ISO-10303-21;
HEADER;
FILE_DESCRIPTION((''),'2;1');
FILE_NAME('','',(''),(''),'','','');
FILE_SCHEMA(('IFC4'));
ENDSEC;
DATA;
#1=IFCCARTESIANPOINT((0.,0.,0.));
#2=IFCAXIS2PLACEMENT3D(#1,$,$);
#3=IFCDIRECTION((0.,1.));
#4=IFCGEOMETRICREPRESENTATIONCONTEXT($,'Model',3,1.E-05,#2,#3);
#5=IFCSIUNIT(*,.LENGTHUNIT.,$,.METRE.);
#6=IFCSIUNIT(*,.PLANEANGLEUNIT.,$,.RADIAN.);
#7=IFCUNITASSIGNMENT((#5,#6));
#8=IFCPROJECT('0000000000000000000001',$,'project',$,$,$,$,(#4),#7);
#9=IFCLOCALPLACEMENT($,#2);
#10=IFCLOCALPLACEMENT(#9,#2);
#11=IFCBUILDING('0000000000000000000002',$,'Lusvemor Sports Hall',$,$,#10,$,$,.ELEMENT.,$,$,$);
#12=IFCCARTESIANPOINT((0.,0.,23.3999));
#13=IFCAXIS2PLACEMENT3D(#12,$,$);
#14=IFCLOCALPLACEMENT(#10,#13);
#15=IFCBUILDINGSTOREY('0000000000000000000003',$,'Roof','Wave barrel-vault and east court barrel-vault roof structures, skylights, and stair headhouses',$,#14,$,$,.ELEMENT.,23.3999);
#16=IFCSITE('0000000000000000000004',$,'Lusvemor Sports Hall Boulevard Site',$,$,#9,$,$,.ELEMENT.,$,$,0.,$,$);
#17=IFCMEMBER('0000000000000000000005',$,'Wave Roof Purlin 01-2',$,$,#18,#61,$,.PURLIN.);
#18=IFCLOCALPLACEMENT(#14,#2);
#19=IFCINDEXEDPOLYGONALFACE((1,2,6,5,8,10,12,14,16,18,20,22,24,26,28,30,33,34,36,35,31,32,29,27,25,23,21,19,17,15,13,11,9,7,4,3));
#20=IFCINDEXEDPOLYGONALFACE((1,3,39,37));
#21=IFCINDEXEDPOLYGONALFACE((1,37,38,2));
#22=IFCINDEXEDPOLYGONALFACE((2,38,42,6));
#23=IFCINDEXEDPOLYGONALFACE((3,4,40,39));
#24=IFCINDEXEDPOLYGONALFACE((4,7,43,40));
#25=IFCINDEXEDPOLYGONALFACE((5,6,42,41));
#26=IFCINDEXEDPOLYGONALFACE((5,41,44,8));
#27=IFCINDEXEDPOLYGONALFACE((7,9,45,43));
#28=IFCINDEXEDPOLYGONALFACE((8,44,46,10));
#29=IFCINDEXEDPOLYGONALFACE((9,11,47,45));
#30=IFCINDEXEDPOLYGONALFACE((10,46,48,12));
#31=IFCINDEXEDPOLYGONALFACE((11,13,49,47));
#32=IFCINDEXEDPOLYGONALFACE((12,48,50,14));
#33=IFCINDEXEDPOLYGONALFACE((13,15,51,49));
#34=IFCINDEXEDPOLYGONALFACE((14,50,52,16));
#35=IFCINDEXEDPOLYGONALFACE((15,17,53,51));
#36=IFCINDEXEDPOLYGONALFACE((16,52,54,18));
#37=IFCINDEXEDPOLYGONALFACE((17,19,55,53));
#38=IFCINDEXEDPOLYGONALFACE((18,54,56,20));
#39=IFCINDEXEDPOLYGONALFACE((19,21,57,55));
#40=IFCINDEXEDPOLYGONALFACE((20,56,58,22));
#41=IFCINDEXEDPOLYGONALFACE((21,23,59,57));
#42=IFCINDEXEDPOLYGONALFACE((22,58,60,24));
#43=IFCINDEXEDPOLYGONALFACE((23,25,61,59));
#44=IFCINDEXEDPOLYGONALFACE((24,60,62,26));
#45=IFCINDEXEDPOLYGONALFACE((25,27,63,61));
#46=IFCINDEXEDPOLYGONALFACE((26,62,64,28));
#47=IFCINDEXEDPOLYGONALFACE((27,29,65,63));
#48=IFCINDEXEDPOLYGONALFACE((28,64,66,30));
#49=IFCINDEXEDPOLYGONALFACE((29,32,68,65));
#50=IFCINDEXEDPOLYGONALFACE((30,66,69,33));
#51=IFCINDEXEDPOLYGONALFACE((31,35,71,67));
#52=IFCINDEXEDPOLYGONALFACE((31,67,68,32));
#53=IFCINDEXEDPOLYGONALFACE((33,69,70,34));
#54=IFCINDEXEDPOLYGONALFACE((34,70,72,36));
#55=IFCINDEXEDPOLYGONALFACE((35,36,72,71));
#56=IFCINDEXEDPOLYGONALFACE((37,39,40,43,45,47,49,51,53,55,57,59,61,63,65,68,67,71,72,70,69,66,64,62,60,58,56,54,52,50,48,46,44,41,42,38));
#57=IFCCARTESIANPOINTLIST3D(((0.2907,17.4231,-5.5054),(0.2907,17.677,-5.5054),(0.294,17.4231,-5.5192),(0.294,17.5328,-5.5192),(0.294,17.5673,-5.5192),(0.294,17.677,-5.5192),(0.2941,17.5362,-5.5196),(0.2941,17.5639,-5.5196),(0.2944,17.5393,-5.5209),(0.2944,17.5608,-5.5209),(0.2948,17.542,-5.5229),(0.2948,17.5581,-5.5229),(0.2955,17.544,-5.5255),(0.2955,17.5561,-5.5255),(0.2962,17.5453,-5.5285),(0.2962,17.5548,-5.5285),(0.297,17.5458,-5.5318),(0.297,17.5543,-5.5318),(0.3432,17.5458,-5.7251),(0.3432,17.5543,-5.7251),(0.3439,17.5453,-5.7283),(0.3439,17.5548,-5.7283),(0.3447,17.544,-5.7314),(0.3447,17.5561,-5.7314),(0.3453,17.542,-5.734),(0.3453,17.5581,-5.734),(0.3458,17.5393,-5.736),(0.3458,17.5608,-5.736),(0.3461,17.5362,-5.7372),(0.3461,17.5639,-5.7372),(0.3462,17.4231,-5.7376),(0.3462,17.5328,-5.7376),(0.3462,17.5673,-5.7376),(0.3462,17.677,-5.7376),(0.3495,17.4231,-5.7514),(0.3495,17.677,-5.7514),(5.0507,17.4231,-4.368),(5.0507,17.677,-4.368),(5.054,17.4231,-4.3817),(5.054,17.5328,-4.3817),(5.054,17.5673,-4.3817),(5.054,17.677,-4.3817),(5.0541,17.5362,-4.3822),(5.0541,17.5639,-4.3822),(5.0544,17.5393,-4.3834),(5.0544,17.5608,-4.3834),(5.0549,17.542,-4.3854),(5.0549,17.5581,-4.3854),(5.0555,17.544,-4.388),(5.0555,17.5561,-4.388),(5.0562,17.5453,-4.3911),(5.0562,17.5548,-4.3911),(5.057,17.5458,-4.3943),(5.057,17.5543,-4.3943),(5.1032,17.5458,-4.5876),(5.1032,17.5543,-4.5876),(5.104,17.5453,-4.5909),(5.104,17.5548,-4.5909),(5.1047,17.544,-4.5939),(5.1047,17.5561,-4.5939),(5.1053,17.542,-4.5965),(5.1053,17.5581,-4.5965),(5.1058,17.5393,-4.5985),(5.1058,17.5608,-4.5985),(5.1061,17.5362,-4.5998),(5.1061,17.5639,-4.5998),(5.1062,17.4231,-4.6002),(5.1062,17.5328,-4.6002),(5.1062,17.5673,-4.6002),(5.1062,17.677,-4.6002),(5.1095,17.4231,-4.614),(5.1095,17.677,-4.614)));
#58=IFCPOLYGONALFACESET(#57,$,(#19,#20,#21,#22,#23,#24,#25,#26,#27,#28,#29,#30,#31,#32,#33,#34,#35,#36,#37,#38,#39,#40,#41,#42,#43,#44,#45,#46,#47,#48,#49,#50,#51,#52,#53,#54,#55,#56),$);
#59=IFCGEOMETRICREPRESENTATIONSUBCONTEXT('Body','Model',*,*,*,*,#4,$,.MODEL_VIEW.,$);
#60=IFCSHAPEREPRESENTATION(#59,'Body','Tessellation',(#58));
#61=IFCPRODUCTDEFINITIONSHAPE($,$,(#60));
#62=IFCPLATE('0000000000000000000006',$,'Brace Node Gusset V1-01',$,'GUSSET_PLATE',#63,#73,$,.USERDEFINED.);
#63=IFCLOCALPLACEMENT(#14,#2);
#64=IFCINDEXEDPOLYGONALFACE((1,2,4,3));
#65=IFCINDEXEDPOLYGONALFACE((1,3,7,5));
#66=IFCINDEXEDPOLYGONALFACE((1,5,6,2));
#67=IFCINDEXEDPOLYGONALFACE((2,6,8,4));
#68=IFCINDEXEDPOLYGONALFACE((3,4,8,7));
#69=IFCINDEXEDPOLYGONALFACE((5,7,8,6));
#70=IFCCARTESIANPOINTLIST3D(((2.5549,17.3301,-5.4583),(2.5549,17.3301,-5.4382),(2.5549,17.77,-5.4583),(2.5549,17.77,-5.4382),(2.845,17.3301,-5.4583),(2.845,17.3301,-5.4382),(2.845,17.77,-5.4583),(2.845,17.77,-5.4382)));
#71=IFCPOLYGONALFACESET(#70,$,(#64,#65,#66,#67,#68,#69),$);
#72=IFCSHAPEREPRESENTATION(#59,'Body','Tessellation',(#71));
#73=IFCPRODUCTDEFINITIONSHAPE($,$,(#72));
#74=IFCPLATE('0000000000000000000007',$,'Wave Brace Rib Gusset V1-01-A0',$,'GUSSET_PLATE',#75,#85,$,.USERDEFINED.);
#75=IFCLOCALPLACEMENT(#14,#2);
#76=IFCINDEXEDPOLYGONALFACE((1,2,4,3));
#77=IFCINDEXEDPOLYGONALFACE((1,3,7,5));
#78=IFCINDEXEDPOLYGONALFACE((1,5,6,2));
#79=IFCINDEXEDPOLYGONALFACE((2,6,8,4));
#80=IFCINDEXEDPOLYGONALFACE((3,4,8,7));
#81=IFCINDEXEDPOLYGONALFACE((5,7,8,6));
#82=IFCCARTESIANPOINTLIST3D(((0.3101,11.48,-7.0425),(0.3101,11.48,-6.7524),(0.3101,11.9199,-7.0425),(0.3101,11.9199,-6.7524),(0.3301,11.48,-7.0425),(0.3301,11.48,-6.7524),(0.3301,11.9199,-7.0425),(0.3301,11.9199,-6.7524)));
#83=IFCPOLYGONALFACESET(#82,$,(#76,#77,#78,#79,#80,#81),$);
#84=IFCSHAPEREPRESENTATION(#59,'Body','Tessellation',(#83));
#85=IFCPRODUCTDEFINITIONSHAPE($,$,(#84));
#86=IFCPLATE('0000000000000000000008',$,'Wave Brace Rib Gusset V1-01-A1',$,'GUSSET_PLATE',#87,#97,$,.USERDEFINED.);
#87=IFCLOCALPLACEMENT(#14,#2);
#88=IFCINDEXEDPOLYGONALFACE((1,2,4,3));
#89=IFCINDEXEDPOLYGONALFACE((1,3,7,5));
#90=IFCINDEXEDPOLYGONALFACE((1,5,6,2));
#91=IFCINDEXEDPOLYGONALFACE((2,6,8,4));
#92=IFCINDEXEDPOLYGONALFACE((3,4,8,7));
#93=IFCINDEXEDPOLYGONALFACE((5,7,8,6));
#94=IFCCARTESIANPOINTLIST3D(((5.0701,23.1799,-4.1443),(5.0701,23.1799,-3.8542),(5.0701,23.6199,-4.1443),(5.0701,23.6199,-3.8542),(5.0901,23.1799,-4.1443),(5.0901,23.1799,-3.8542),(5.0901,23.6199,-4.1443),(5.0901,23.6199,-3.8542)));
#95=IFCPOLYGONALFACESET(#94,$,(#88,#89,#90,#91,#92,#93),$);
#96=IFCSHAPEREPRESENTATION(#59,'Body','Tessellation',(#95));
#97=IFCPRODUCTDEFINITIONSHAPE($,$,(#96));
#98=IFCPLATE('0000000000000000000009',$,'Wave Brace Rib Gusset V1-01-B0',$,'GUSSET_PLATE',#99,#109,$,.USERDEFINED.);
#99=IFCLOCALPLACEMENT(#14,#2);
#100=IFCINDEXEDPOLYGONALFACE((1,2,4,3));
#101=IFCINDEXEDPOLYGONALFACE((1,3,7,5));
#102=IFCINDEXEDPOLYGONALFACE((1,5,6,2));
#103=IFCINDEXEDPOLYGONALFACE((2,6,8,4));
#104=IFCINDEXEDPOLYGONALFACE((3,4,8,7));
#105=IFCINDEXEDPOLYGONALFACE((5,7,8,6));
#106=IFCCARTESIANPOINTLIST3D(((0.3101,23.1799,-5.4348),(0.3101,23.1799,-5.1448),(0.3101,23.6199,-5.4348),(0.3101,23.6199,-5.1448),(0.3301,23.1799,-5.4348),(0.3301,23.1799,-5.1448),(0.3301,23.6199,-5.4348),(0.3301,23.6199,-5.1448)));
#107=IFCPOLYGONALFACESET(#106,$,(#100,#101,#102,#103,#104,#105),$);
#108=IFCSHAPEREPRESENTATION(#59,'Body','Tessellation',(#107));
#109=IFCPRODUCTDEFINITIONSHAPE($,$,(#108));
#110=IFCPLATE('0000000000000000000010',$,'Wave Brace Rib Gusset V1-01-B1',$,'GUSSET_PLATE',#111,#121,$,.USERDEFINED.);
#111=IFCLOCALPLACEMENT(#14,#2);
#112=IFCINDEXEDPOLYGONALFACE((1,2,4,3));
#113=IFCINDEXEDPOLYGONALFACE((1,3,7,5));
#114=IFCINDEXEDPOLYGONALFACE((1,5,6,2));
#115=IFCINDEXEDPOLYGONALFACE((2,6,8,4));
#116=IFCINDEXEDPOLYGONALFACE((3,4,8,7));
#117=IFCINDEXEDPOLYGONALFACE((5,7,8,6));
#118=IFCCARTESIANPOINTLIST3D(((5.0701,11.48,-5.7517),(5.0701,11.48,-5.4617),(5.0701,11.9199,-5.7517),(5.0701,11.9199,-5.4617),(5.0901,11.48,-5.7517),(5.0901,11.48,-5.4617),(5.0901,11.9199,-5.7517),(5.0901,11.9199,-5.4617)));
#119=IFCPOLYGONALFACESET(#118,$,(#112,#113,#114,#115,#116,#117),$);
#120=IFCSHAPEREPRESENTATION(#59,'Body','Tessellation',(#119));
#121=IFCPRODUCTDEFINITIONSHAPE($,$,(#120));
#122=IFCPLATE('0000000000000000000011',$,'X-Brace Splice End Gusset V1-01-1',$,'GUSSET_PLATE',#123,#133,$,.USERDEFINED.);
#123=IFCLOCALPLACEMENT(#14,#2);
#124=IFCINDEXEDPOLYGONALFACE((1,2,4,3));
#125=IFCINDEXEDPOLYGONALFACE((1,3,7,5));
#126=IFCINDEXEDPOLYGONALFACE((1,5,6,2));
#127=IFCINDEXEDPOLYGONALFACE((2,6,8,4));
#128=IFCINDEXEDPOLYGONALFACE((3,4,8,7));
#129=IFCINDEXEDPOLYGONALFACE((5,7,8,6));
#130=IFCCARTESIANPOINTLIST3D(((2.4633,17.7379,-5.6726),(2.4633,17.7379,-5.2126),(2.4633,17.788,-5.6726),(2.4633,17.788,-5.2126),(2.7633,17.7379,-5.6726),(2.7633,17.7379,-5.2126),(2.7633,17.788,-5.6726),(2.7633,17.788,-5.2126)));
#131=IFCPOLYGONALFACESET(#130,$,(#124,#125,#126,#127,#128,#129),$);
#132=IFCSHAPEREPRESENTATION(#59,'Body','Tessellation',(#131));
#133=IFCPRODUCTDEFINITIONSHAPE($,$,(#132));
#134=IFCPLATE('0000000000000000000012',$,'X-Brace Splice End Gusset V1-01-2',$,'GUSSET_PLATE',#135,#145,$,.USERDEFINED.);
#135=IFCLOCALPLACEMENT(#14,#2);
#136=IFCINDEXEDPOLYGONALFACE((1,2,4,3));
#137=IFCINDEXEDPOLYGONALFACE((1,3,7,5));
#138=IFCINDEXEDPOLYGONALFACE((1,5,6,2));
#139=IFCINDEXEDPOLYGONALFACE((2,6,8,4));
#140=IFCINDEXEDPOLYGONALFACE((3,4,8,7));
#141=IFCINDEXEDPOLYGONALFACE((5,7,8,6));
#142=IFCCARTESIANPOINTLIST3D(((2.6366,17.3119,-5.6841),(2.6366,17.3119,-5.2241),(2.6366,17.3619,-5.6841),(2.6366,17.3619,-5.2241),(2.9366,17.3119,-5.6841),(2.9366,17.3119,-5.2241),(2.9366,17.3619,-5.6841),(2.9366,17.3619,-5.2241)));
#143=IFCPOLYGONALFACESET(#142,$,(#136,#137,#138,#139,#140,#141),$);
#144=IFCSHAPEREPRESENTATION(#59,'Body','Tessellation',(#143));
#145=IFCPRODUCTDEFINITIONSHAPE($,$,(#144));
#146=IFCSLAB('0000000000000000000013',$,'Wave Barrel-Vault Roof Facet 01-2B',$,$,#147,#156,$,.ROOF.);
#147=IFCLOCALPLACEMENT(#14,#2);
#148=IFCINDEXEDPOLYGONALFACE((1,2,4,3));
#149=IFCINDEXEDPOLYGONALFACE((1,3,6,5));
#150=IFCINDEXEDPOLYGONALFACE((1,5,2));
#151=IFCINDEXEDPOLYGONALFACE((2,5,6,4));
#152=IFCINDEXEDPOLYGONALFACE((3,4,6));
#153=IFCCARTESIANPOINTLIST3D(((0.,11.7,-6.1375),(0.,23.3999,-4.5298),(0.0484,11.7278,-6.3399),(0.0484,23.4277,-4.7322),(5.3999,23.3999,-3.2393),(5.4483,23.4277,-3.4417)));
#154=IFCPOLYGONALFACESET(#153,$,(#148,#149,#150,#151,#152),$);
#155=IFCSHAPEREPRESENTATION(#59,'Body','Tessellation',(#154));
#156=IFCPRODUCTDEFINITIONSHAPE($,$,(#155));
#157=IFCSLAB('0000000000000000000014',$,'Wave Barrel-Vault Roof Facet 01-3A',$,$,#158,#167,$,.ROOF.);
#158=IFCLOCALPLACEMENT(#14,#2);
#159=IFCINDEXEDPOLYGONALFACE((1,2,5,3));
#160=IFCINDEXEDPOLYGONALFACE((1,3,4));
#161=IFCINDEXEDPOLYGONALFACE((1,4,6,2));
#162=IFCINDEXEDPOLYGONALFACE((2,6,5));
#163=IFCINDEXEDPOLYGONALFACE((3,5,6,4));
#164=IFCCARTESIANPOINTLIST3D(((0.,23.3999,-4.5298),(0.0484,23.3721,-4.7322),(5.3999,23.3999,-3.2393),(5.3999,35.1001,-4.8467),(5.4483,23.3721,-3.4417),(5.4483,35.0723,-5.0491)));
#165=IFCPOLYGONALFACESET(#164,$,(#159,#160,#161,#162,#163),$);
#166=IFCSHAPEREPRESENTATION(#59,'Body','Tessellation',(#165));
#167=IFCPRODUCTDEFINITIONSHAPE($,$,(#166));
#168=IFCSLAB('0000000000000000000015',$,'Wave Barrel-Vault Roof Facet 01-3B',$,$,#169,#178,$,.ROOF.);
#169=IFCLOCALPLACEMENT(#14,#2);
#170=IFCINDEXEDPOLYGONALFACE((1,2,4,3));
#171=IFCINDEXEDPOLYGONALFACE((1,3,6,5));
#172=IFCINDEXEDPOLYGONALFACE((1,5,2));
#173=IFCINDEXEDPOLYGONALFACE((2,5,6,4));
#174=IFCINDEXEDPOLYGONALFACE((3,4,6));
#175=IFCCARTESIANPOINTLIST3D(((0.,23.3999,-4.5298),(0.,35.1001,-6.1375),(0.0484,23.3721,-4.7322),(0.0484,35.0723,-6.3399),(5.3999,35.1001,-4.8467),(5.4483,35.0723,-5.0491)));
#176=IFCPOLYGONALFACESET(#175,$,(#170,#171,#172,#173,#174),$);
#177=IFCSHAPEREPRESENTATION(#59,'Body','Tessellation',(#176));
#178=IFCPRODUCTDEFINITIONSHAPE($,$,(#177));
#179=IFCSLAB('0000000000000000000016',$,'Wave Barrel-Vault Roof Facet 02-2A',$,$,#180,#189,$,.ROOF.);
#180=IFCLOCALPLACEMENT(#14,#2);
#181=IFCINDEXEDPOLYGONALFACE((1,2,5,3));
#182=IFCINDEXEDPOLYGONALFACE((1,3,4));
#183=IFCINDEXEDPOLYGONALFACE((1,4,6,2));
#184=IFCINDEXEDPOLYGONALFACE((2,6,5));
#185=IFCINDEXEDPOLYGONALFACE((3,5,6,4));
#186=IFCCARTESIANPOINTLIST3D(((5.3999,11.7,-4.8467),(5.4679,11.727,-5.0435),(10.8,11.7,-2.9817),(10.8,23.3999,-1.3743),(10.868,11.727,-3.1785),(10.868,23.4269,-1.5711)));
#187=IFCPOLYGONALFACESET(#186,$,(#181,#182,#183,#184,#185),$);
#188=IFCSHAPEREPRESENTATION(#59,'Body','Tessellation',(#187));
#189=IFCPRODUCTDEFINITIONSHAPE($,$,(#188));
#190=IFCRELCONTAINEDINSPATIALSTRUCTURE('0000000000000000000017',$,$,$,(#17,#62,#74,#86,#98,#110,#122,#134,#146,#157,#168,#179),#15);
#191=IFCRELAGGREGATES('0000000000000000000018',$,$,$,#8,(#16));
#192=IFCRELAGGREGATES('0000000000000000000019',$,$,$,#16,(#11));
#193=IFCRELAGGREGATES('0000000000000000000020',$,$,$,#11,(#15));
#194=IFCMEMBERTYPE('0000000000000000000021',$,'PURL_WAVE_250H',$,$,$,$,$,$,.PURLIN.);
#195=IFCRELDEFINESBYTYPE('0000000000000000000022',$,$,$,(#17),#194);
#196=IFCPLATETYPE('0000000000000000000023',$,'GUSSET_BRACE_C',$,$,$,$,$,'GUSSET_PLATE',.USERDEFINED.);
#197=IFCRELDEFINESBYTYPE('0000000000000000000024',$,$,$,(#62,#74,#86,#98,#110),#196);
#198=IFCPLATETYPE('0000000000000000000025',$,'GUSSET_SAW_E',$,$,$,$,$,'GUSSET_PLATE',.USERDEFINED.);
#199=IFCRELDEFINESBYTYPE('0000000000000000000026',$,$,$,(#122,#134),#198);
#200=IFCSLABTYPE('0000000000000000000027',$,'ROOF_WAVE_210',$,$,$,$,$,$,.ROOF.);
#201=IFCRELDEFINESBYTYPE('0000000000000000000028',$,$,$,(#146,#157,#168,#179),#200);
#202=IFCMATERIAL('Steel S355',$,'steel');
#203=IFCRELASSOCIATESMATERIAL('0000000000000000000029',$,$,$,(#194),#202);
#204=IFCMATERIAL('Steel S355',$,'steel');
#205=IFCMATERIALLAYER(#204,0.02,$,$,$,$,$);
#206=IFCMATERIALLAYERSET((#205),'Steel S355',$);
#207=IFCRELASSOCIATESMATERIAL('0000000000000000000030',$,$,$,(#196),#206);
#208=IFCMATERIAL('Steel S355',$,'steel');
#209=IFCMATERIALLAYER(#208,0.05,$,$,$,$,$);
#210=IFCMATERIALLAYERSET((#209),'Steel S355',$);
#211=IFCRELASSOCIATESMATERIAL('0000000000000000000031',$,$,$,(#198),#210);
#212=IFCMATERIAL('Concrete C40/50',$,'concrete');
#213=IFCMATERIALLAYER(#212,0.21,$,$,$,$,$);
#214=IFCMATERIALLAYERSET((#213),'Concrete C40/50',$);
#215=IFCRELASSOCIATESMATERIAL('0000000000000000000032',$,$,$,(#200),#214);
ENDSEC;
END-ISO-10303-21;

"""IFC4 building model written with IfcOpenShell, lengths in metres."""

from ifc_helpers import new_model, si_unit, direction, frame, origin, origin_2d, place, context, subcontext, project, spatial, polyline, rectangle, i_section, outline, extrude, material, layer, layer_set, material_profile, profile_set, type_object, element, save


model = new_model("IFC4")

# Units and contexts
model_context = context("Model", 3, precision=1e-05, world=origin(), true_north=direction((0.0, 1.0)))
body_context = subcontext(model_context, "Body", "Model", "MODEL_VIEW")
ifc_project = project(units=[si_unit("LENGTHUNIT", "METRE"), si_unit("PLANEANGLEUNIT", "RADIAN")], contexts=[model_context])

# Site, building, storey
site_placement = place(None, origin())
site = spatial("IfcSite", under=ifc_project, at=site_placement, Name="Lusvemor Sports Hall Boulevard Site", CompositionType="ELEMENT", RefElevation=0.0)
building_placement = place(site_placement, origin())
building = spatial("IfcBuilding", under=site, at=building_placement, Name="Lusvemor Sports Hall", CompositionType="ELEMENT")
storey_placement = place(building_placement, frame((0.0, 0.0, 23.3999)))
storey = spatial("IfcBuildingStorey", under=building, at=storey_placement, Name="Roof", Description="Wave barrel-vault and east court barrel-vault roof structures, skylights, and stair headhouses", CompositionType="ELEMENT", Elevation=23.3999)

# Member
ifc_material_1 = material(Name="Steel S355", Category="steel")
ifc_material_profile_1 = material_profile(ifc_material_1, i_section(OverallWidth=0.2539, OverallDepth=0.2529, WebThickness=0.0085, FlangeThickness=0.0142, FilletRadius=0.0129, at=origin_2d()), Name="W250x73.0")
ifc_profile_set_1 = profile_set([ifc_material_profile_1], Name="Steel S355")
member_type_1 = type_object("IfcMemberType", Name="PURL_WAVE_250H", PredefinedType="PURLIN", material=ifc_profile_set_1)
member_1_placement = place(storey_placement, frame((0.3201, 17.55, -5.6284), z_axis=(0.972616, 0.0, 0.232416), x_axis=(0.0, 1.0, 0.0)))
element("IfcMember", 1, at=member_1_placement, inside=storey, type_object=member_type_1, Name="Wave Roof Purlin 01-2", PredefinedType="PURLIN", context=body_context, shape_type="SweptSolid", body=[
    extrude(i_section(OverallWidth=0.2539, OverallDepth=0.2529, WebThickness=0.0085, FlangeThickness=0.0142, FilletRadius=0.0129, at=origin_2d()), origin(), (0.0, 0.0, 1.0), 4.894),
])

# Plates
ifc_material_2 = material(Name="Steel S355", Category="steel")
ifc_layer_1 = layer(ifc_material_2, 0.02)
ifc_layer_set_1 = layer_set([ifc_layer_1], Name="Steel S355")
plate_type_1 = type_object("IfcPlateType", Name="GUSSET_BRACE_C", ElementType="GUSSET_PLATE", PredefinedType="USERDEFINED", material=ifc_layer_set_1)
plate_placement = place(storey_placement, frame((2.7, 17.55, -5.4583), z_axis=(0.0, 0.0, 1.0), x_axis=(1.0, 0.0, 0.0)))
element("IfcPlate", 2, at=plate_placement, inside=storey, type_object=plate_type_1, Name="Brace Node Gusset V1-01", ObjectType="GUSSET_PLATE", PredefinedType="USERDEFINED", context=body_context, shape_type="SweptSolid", body=[
    extrude(rectangle(XDim=0.29, YDim=0.4399, at=origin_2d()), origin(), (0.0, 0.0, 1.0), 0.02),
])
for number, where, z_axis, x_axis, name in (
    (3, (0.3201, 11.7, -7.0425), (0.0, 0.0, 1.0), (1.0, 0.0, 0.0), "Wave Brace Rib Gusset V1-01-A0"),
    (4, (5.0801, 23.3999, -4.1443), (0.0, 0.0, 1.0), (1.0, 0.0, 0.0), "Wave Brace Rib Gusset V1-01-A1"),
    (5, (0.3201, 23.3999, -5.4348), (0.0, 0.0, 1.0), (1.0, 0.0, 0.0), "Wave Brace Rib Gusset V1-01-B0"),
    (6, (5.0801, 11.7, -5.7517), (0.0, 0.0, 1.0), (1.0, 0.0, 0.0), "Wave Brace Rib Gusset V1-01-B1"),
):
    element("IfcPlate", number, at=place(storey_placement, frame(where, z_axis=z_axis, x_axis=x_axis)), inside=storey, type_object=plate_type_1, Name=name, ObjectType="GUSSET_PLATE", PredefinedType="USERDEFINED", context=body_context, shape_type="SweptSolid", body=[
        extrude(rectangle(XDim=0.02, YDim=0.4399, at=origin_2d()), origin(), (0.0, 0.0, 1.0), 0.29),
    ])
ifc_material_3 = material(Name="Steel S355", Category="steel")
ifc_layer_2 = layer(ifc_material_3, 0.05)
ifc_layer_set_2 = layer_set([ifc_layer_2], Name="Steel S355")
plate_type_2 = type_object("IfcPlateType", Name="GUSSET_SAW_E", ElementType="GUSSET_PLATE", PredefinedType="USERDEFINED", material=ifc_layer_set_2)
for number, where, z_axis, x_axis, name in (
    (7, (2.6133, 17.7629, -5.6726), (0.0, 0.0, 1.0), (1.0, 0.0, 0.0), "X-Brace Splice End Gusset V1-01-1"),
    (8, (2.7866, 17.3369, -5.6841), (0.0, 0.0, 1.0), (1.0, 0.0, 0.0), "X-Brace Splice End Gusset V1-01-2"),
):
    element("IfcPlate", number, at=place(storey_placement, frame(where, z_axis=z_axis, x_axis=x_axis)), inside=storey, type_object=plate_type_2, Name=name, ObjectType="GUSSET_PLATE", PredefinedType="USERDEFINED", context=body_context, shape_type="SweptSolid", body=[
        extrude(rectangle(XDim=0.3, YDim=0.05, at=origin_2d()), origin(), (0.0, 0.0, 1.0), 0.46),
    ])

# Slabs
ifc_material_4 = material(Name="Concrete C40/50", Category="concrete")
ifc_layer_3 = layer(ifc_material_4, 0.21)
ifc_layer_set_3 = layer_set([ifc_layer_3], Name="Concrete C40/50")
slab_type = type_object("IfcSlabType", Name="ROOF_WAVE_210", PredefinedType="ROOF", material=ifc_layer_set_3)
slab_1_placement = place(storey_placement, frame((0.0, 11.7, -6.1375), z_axis=(-0.230396, -0.132467, 0.964038), x_axis=(0.40884, 0.885833, 0.21943)))
element("IfcSlab", 9, at=slab_1_placement, inside=storey, type_object=slab_type, Name="Wave Barrel-Vault Roof Facet 01-2B", PredefinedType="ROOF", context=body_context, shape_type="SweptSolid", body=[
    extrude(outline(polyline([(0.0, 0.0), (13.2079, 0.0), (10.717, 4.9618), (0.0, 0.0)])), origin(), (0.0, 0.0, -1.0), 0.21),
])
slab_2_placement = place(storey_placement, frame((0.0, 23.3999, -4.5298), z_axis=(-0.230397, 0.132444, 0.964041), x_axis=(0.97261, 0.0, 0.232445)))
element("IfcSlab", 10, at=slab_2_placement, inside=storey, type_object=slab_type, Name="Wave Barrel-Vault Roof Facet 01-3A", PredefinedType="ROOF", context=body_context, shape_type="SweptSolid", body=[
    extrude(outline(polyline([(0.0, 0.0), (5.552, 0.0), (5.1783, 11.8042), (0.0, 0.0)])), origin(), (0.0, 0.0, -1.0), 0.21),
])
slab_3_placement = place(storey_placement, frame((0.0, 23.3999, -4.5298), z_axis=(-0.230438, 0.132462, 0.964029), x_axis=(0.41892, 0.907691, -0.024584)))
element("IfcSlab", 11, at=slab_3_placement, inside=storey, type_object=slab_type, Name="Wave Barrel-Vault Roof Facet 01-3B", PredefinedType="ROOF", context=body_context, shape_type="SweptSolid", body=[
    extrude(outline(polyline([(0.0, 0.0), (12.8901, 0.0), (10.6597, 5.0843), (0.0, 0.0)])), origin(), (0.0, 0.0, -1.0), 0.21),
])
slab_4_placement = place(storey_placement, frame((5.3999, 11.7, -4.8467), z_axis=(-0.323722, -0.128779, 0.937347), x_axis=(0.945218, 0.0, 0.32644)))
element("IfcSlab", 12, at=slab_4_placement, inside=storey, type_object=slab_type, Name="Wave Barrel-Vault Roof Facet 02-2A", PredefinedType="ROOF", context=body_context, shape_type="SweptSolid", body=[
    extrude(outline(polyline([(0.0, 0.0), (5.7131, 0.0), (6.2378, 11.7982), (0.0, 0.0)])), origin(), (0.0, 0.0, -1.0), 0.21),
])

save(model, "model.ifc")
